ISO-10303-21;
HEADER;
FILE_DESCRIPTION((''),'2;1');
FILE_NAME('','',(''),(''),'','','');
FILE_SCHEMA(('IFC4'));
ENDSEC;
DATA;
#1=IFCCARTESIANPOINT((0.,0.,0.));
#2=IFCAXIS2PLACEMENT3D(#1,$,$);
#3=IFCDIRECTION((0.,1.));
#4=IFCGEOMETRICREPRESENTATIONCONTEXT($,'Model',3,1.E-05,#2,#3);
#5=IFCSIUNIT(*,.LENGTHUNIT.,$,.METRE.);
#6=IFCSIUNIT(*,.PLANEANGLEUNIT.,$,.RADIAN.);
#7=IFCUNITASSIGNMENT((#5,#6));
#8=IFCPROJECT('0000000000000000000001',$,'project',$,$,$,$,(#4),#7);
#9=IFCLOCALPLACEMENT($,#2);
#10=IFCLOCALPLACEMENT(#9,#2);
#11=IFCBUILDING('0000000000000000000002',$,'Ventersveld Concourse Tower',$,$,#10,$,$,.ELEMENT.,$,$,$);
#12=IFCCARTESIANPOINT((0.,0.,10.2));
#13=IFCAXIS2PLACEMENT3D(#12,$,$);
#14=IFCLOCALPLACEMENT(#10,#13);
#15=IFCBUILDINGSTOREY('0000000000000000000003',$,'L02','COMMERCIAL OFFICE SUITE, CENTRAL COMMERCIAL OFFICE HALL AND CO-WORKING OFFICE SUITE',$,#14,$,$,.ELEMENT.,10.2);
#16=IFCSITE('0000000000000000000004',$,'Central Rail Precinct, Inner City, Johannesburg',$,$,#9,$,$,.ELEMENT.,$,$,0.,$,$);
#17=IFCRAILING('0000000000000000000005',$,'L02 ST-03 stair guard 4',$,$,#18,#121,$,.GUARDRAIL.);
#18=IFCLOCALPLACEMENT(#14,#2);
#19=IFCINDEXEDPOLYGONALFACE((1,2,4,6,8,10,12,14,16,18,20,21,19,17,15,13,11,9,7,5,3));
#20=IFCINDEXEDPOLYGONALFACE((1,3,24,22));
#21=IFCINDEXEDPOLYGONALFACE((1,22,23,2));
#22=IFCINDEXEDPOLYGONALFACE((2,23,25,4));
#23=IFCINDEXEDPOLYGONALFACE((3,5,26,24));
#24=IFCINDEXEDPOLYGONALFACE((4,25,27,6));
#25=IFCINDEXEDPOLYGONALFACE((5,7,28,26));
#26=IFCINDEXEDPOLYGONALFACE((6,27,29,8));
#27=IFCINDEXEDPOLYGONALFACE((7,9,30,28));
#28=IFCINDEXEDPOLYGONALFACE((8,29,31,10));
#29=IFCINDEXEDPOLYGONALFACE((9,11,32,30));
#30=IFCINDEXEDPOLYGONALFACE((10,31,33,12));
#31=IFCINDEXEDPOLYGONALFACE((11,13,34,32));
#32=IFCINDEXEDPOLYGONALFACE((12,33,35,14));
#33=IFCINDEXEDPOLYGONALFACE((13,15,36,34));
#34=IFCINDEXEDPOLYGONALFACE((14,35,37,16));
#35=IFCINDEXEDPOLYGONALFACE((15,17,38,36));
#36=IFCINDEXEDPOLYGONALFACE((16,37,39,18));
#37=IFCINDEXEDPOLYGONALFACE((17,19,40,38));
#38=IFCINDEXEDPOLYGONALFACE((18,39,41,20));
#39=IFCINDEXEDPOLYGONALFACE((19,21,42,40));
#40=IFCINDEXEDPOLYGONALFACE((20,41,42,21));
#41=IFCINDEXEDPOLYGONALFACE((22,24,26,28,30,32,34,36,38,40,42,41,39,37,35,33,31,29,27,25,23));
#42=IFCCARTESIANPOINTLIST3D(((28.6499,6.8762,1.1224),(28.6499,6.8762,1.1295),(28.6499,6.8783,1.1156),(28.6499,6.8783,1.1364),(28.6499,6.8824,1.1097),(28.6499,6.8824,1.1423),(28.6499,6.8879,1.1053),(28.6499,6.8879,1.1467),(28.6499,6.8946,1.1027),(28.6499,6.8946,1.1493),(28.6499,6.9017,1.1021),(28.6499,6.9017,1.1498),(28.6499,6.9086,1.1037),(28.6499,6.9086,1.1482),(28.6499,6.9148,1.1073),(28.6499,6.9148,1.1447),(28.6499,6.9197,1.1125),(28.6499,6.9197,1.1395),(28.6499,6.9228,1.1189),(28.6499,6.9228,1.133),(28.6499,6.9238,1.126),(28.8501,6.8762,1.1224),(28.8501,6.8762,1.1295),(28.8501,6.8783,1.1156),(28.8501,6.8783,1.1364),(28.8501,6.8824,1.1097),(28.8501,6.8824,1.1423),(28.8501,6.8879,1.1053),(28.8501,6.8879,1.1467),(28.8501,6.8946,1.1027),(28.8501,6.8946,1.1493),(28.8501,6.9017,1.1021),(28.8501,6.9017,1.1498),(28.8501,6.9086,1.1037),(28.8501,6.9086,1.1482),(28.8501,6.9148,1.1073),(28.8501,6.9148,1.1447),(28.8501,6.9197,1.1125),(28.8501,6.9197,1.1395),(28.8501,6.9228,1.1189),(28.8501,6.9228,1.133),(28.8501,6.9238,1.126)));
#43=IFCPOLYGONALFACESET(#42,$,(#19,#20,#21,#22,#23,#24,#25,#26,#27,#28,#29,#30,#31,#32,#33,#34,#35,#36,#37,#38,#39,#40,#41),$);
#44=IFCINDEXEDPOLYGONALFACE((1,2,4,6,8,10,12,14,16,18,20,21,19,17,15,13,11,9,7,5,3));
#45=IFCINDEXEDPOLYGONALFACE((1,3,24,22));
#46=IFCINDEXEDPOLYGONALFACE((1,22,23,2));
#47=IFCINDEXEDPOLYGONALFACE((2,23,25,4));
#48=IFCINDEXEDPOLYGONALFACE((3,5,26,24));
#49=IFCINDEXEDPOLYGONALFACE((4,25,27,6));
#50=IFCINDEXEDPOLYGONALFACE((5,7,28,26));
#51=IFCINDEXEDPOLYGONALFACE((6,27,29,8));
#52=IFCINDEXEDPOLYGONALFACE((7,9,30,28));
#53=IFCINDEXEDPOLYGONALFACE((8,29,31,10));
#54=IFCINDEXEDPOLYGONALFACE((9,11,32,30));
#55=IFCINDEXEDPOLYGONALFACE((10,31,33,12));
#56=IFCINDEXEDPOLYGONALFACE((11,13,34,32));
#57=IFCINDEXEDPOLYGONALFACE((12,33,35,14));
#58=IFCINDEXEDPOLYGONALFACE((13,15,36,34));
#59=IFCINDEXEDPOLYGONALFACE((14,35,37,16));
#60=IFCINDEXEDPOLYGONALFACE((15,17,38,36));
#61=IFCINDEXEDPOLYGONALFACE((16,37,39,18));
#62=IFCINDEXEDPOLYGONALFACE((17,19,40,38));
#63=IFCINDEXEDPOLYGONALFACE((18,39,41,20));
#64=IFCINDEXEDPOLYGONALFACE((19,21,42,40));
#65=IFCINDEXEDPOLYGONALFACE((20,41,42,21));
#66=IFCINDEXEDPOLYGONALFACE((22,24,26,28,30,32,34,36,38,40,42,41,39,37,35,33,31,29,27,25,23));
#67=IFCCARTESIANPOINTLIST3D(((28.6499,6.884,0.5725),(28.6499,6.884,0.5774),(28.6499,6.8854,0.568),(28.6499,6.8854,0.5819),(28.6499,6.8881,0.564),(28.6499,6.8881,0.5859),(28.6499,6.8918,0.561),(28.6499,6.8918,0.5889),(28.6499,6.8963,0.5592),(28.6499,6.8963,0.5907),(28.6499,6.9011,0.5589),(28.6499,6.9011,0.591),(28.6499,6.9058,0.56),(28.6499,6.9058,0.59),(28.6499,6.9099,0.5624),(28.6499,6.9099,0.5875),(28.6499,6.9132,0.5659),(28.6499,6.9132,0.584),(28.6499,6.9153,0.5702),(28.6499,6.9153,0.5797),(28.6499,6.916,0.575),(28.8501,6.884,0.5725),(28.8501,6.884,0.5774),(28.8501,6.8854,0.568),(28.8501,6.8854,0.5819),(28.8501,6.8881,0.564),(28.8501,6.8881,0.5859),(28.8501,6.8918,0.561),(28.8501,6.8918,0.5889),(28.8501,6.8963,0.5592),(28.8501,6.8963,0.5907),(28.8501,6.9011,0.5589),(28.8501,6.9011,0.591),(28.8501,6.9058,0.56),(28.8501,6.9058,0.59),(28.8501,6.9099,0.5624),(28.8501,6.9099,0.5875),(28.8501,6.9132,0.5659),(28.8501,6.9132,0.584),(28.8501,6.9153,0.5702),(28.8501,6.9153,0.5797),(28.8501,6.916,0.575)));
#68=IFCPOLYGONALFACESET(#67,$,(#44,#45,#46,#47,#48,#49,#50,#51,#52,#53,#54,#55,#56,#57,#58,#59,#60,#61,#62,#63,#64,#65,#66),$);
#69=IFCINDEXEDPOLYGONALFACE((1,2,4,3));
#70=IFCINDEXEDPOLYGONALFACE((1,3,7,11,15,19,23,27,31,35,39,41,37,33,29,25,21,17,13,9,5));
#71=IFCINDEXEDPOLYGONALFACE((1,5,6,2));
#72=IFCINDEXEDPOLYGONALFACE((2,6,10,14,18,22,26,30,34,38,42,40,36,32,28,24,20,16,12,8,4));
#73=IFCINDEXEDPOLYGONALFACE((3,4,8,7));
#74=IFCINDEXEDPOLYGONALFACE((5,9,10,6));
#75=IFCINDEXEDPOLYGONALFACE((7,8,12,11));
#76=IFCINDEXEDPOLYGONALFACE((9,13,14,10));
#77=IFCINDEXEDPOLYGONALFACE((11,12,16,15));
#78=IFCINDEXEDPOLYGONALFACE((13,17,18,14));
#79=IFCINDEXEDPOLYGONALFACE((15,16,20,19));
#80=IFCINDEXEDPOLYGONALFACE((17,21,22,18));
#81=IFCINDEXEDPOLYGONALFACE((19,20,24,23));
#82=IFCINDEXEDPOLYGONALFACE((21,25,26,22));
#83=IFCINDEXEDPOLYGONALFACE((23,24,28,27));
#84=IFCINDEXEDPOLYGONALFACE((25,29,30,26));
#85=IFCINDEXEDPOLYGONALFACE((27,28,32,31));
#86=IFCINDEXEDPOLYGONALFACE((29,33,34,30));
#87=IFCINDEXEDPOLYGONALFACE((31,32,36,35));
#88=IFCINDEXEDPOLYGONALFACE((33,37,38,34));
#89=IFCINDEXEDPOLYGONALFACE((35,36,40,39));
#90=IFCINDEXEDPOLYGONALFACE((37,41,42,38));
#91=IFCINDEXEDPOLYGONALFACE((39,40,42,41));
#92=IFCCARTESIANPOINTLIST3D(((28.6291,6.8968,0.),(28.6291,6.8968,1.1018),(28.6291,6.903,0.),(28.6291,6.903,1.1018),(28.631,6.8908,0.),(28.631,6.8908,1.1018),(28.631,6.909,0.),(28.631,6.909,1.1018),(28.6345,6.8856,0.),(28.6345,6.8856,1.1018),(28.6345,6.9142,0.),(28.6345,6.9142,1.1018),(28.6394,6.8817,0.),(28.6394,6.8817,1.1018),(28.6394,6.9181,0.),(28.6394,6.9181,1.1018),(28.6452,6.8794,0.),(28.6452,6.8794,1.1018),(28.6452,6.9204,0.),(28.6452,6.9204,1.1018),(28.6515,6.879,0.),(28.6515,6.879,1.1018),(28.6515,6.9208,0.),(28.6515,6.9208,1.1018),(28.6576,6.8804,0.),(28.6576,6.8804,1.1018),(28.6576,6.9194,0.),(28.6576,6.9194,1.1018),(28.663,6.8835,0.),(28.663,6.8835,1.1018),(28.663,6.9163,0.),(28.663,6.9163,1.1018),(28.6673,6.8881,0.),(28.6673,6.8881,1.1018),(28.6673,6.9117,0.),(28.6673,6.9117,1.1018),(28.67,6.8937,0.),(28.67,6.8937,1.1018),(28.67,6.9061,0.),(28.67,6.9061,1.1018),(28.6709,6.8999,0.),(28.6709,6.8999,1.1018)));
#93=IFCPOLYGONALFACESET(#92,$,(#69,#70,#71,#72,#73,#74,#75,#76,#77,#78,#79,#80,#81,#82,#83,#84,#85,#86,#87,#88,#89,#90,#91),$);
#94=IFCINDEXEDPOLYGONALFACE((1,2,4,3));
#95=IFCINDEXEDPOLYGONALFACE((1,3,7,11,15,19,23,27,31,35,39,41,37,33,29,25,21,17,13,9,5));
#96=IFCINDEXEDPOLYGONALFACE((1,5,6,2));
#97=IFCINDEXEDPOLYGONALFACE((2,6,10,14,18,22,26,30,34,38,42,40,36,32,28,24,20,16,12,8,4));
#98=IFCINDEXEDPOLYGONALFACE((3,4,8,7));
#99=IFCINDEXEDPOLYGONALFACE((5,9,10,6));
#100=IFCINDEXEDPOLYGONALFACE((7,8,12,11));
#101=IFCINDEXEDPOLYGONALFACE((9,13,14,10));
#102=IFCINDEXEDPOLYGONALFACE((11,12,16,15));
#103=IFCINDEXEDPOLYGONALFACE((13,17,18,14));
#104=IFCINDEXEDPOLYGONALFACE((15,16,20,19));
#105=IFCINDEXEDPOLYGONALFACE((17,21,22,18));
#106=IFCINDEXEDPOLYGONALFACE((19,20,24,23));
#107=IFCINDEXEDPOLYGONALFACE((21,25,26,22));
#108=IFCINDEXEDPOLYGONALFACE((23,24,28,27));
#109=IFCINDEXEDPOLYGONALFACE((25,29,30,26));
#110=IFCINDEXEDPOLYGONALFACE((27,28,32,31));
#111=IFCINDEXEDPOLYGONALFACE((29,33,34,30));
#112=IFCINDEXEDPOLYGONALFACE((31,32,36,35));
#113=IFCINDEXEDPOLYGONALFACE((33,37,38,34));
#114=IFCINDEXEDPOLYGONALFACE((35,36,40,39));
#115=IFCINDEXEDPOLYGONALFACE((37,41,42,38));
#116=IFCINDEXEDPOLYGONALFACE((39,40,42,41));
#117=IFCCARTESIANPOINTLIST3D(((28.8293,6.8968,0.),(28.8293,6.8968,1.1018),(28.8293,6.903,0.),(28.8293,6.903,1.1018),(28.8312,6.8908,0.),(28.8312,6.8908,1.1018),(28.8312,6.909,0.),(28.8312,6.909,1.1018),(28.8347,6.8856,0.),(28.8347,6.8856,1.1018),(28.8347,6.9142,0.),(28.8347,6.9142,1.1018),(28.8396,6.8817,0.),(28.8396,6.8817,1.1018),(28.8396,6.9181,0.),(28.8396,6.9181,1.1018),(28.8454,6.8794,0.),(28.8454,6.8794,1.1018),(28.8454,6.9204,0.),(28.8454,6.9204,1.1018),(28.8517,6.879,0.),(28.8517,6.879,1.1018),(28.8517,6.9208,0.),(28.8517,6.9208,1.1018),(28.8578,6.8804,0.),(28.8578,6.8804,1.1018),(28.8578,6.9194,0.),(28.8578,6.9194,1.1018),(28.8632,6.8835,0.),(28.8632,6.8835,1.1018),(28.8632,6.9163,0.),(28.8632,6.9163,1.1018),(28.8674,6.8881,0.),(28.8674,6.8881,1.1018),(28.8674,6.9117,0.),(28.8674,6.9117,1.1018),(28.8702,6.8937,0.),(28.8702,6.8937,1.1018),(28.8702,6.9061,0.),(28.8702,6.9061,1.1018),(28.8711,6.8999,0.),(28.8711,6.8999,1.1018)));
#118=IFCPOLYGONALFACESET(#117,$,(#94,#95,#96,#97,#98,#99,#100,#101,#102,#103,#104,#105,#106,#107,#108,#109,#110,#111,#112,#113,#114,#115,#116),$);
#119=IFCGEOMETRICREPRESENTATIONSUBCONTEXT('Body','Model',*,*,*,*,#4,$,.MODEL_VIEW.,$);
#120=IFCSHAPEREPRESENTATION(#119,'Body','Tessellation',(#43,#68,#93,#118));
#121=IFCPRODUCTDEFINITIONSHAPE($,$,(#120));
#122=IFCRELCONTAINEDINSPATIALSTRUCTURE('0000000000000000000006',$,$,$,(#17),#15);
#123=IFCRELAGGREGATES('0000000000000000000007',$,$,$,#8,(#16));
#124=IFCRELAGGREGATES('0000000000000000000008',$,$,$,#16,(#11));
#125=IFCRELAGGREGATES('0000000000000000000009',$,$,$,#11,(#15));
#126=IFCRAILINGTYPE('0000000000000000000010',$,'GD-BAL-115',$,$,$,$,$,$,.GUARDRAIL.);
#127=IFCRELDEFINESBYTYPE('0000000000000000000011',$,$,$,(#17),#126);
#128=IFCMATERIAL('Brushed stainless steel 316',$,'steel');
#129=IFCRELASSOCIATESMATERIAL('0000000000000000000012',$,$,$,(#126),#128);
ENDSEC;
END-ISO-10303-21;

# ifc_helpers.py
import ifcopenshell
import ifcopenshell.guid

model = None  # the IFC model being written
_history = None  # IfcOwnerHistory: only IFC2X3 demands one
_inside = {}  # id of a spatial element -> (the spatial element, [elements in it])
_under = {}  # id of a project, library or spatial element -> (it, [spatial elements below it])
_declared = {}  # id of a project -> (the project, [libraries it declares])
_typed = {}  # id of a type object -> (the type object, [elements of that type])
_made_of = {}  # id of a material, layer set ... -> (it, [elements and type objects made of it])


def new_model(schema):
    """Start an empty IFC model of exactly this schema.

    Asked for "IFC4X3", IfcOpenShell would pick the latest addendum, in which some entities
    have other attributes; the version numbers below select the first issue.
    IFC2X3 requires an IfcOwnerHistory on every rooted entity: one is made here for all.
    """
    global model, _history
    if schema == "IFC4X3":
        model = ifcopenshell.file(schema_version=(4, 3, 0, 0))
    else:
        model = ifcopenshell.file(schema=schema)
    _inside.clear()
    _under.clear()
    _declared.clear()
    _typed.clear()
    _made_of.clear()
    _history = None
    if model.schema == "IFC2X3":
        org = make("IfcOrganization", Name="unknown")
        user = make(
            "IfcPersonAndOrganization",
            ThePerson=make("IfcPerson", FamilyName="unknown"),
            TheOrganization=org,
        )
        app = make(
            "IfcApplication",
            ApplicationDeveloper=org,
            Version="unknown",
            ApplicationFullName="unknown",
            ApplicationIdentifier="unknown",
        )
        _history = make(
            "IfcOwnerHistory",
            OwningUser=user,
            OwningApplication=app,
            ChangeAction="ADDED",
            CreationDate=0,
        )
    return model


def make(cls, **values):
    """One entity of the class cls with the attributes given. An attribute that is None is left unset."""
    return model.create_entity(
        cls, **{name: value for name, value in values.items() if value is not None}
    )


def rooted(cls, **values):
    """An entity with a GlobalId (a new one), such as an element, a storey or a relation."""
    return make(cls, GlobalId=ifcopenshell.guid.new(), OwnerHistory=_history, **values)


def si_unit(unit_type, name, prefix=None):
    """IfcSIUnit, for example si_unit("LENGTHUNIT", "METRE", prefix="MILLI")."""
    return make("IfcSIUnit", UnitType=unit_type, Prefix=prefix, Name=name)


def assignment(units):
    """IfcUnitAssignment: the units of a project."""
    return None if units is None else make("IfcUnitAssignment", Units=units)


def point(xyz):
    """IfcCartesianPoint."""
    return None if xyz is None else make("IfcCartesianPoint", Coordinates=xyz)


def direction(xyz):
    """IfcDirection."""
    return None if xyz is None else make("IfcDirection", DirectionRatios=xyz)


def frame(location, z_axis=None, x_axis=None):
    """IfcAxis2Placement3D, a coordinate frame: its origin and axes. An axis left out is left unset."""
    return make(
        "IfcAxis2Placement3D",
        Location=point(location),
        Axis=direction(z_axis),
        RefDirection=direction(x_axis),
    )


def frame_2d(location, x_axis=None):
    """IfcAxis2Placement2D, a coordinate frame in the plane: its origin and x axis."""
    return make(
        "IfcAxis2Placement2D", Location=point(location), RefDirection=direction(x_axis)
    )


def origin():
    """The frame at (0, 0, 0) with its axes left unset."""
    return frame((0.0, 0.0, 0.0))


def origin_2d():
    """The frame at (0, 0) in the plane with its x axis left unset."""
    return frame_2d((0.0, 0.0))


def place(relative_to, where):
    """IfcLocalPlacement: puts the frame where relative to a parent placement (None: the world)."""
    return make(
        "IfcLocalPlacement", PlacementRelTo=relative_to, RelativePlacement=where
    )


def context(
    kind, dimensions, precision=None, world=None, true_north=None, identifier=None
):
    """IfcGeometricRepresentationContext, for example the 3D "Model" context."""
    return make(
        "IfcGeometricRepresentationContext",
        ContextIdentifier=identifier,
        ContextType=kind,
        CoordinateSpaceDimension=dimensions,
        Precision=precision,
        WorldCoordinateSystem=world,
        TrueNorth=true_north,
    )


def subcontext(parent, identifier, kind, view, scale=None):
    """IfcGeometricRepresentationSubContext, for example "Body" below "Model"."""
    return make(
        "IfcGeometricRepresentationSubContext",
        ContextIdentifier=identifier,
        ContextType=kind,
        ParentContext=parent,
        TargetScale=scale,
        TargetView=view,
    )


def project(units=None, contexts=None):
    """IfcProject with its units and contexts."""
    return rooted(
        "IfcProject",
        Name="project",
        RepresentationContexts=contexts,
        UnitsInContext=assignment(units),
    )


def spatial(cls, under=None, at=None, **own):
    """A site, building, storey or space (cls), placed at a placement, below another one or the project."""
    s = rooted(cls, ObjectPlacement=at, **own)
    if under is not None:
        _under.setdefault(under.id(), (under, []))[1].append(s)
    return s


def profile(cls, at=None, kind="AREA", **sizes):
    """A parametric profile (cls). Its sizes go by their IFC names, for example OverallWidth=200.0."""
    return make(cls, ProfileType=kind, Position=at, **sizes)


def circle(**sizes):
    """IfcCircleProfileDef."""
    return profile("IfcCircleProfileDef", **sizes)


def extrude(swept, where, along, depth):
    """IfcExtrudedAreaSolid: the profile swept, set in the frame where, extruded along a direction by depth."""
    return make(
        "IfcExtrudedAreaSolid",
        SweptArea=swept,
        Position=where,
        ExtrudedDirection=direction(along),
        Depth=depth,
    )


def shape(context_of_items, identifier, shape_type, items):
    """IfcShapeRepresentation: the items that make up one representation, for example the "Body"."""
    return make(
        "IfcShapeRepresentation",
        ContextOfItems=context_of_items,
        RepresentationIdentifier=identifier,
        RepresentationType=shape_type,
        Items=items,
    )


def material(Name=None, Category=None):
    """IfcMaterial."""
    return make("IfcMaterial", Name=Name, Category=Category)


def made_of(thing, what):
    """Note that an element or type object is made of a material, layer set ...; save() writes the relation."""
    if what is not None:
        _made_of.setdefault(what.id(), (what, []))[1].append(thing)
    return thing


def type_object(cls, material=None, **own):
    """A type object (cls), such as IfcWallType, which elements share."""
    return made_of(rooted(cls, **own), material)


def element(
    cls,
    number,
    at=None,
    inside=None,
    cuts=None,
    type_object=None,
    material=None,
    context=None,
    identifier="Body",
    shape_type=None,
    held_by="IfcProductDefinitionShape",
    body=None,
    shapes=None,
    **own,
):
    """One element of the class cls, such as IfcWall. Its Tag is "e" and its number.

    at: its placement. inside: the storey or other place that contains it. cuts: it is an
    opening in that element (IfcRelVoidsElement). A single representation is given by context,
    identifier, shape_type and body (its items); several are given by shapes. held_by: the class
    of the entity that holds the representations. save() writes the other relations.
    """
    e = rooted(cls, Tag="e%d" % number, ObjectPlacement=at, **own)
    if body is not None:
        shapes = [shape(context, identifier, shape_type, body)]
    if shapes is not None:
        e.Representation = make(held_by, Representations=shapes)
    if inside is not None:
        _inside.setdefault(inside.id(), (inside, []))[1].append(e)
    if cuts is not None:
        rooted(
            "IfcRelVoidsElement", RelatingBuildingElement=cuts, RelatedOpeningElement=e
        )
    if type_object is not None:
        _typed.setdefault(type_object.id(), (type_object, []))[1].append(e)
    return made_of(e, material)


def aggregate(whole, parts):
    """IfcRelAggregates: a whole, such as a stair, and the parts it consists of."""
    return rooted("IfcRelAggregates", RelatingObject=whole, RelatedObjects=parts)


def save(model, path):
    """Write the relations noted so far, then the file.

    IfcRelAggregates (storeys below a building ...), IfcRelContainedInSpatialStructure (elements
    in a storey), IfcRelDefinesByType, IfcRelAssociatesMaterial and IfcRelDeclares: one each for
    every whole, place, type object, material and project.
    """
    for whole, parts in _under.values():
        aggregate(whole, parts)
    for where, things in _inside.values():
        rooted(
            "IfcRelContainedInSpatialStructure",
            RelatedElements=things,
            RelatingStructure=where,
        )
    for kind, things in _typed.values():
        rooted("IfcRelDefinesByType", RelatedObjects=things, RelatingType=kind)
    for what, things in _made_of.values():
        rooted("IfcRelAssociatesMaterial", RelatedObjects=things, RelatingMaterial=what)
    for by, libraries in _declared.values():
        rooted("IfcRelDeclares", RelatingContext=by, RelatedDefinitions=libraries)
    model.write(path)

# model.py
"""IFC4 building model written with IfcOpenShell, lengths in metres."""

from ifc_helpers import new_model, si_unit, direction, frame, origin, origin_2d, place, context, subcontext, project, spatial, circle, extrude, material, type_object, element, save


model = new_model("IFC4")

# Units and contexts
model_context = context("Model", 3, precision=1e-05, world=origin(), true_north=direction((0.0, 1.0)))
body_context = subcontext(model_context, "Body", "Model", "MODEL_VIEW")
ifc_project = project(units=[si_unit("LENGTHUNIT", "METRE"), si_unit("PLANEANGLEUNIT", "RADIAN")], contexts=[model_context])

# Site, building, storey
site_placement = place(None, origin())
site = spatial("IfcSite", under=ifc_project, at=site_placement, Name="Central Rail Precinct, Inner City, Johannesburg", CompositionType="ELEMENT", RefElevation=0.0)
building_placement = place(site_placement, origin())
building = spatial("IfcBuilding", under=site, at=building_placement, Name="Ventersveld Concourse Tower", CompositionType="ELEMENT")
storey_placement = place(building_placement, frame((0.0, 0.0, 10.2)))
storey = spatial("IfcBuildingStorey", under=building, at=storey_placement, Name="L02", Description="COMMERCIAL OFFICE SUITE, CENTRAL COMMERCIAL OFFICE HALL AND CO-WORKING OFFICE SUITE", CompositionType="ELEMENT", Elevation=10.2)

# Shared definitions
ifc_material_1 = material(Name="Brushed stainless steel 316", Category="steel")

# Railing
railing_type_1 = type_object("IfcRailingType", Name="GD-BAL-115", PredefinedType="GUARDRAIL", material=ifc_material_1)
railing_1_placement = place(storey_placement, frame((28.6499, 6.8999, 0.0)))
element("IfcRailing", 1, at=railing_1_placement, inside=storey, type_object=railing_type_1, Name="L02 ST-03 stair guard 4", PredefinedType="GUARDRAIL", context=body_context, shape_type="SweptSolid", body=[
    extrude(circle(Radius=0.0239, at=origin_2d()), frame((0.0, 0.0, 1.126), z_axis=(1.0, 0.0, 0.0), x_axis=(0.0, 1.0, 0.0)), (0.0, 0.0, 1.0), 0.2002),
    extrude(circle(Radius=0.0161, at=origin_2d()), frame((0.0, 0.0, 0.575), z_axis=(1.0, 0.0, 0.0), x_axis=(0.0, 1.0, 0.0)), (0.0, 0.0, 1.0), 0.2002),
    extrude(circle(Radius=0.021, at=origin_2d()), origin(), (0.0, 0.0, 1.0), 1.1018),
    extrude(circle(Radius=0.021, at=origin_2d()), frame((0.2002, 0.0, 0.0)), (0.0, 0.0, 1.0), 1.1018),
])

save(model, "model.ifc")
